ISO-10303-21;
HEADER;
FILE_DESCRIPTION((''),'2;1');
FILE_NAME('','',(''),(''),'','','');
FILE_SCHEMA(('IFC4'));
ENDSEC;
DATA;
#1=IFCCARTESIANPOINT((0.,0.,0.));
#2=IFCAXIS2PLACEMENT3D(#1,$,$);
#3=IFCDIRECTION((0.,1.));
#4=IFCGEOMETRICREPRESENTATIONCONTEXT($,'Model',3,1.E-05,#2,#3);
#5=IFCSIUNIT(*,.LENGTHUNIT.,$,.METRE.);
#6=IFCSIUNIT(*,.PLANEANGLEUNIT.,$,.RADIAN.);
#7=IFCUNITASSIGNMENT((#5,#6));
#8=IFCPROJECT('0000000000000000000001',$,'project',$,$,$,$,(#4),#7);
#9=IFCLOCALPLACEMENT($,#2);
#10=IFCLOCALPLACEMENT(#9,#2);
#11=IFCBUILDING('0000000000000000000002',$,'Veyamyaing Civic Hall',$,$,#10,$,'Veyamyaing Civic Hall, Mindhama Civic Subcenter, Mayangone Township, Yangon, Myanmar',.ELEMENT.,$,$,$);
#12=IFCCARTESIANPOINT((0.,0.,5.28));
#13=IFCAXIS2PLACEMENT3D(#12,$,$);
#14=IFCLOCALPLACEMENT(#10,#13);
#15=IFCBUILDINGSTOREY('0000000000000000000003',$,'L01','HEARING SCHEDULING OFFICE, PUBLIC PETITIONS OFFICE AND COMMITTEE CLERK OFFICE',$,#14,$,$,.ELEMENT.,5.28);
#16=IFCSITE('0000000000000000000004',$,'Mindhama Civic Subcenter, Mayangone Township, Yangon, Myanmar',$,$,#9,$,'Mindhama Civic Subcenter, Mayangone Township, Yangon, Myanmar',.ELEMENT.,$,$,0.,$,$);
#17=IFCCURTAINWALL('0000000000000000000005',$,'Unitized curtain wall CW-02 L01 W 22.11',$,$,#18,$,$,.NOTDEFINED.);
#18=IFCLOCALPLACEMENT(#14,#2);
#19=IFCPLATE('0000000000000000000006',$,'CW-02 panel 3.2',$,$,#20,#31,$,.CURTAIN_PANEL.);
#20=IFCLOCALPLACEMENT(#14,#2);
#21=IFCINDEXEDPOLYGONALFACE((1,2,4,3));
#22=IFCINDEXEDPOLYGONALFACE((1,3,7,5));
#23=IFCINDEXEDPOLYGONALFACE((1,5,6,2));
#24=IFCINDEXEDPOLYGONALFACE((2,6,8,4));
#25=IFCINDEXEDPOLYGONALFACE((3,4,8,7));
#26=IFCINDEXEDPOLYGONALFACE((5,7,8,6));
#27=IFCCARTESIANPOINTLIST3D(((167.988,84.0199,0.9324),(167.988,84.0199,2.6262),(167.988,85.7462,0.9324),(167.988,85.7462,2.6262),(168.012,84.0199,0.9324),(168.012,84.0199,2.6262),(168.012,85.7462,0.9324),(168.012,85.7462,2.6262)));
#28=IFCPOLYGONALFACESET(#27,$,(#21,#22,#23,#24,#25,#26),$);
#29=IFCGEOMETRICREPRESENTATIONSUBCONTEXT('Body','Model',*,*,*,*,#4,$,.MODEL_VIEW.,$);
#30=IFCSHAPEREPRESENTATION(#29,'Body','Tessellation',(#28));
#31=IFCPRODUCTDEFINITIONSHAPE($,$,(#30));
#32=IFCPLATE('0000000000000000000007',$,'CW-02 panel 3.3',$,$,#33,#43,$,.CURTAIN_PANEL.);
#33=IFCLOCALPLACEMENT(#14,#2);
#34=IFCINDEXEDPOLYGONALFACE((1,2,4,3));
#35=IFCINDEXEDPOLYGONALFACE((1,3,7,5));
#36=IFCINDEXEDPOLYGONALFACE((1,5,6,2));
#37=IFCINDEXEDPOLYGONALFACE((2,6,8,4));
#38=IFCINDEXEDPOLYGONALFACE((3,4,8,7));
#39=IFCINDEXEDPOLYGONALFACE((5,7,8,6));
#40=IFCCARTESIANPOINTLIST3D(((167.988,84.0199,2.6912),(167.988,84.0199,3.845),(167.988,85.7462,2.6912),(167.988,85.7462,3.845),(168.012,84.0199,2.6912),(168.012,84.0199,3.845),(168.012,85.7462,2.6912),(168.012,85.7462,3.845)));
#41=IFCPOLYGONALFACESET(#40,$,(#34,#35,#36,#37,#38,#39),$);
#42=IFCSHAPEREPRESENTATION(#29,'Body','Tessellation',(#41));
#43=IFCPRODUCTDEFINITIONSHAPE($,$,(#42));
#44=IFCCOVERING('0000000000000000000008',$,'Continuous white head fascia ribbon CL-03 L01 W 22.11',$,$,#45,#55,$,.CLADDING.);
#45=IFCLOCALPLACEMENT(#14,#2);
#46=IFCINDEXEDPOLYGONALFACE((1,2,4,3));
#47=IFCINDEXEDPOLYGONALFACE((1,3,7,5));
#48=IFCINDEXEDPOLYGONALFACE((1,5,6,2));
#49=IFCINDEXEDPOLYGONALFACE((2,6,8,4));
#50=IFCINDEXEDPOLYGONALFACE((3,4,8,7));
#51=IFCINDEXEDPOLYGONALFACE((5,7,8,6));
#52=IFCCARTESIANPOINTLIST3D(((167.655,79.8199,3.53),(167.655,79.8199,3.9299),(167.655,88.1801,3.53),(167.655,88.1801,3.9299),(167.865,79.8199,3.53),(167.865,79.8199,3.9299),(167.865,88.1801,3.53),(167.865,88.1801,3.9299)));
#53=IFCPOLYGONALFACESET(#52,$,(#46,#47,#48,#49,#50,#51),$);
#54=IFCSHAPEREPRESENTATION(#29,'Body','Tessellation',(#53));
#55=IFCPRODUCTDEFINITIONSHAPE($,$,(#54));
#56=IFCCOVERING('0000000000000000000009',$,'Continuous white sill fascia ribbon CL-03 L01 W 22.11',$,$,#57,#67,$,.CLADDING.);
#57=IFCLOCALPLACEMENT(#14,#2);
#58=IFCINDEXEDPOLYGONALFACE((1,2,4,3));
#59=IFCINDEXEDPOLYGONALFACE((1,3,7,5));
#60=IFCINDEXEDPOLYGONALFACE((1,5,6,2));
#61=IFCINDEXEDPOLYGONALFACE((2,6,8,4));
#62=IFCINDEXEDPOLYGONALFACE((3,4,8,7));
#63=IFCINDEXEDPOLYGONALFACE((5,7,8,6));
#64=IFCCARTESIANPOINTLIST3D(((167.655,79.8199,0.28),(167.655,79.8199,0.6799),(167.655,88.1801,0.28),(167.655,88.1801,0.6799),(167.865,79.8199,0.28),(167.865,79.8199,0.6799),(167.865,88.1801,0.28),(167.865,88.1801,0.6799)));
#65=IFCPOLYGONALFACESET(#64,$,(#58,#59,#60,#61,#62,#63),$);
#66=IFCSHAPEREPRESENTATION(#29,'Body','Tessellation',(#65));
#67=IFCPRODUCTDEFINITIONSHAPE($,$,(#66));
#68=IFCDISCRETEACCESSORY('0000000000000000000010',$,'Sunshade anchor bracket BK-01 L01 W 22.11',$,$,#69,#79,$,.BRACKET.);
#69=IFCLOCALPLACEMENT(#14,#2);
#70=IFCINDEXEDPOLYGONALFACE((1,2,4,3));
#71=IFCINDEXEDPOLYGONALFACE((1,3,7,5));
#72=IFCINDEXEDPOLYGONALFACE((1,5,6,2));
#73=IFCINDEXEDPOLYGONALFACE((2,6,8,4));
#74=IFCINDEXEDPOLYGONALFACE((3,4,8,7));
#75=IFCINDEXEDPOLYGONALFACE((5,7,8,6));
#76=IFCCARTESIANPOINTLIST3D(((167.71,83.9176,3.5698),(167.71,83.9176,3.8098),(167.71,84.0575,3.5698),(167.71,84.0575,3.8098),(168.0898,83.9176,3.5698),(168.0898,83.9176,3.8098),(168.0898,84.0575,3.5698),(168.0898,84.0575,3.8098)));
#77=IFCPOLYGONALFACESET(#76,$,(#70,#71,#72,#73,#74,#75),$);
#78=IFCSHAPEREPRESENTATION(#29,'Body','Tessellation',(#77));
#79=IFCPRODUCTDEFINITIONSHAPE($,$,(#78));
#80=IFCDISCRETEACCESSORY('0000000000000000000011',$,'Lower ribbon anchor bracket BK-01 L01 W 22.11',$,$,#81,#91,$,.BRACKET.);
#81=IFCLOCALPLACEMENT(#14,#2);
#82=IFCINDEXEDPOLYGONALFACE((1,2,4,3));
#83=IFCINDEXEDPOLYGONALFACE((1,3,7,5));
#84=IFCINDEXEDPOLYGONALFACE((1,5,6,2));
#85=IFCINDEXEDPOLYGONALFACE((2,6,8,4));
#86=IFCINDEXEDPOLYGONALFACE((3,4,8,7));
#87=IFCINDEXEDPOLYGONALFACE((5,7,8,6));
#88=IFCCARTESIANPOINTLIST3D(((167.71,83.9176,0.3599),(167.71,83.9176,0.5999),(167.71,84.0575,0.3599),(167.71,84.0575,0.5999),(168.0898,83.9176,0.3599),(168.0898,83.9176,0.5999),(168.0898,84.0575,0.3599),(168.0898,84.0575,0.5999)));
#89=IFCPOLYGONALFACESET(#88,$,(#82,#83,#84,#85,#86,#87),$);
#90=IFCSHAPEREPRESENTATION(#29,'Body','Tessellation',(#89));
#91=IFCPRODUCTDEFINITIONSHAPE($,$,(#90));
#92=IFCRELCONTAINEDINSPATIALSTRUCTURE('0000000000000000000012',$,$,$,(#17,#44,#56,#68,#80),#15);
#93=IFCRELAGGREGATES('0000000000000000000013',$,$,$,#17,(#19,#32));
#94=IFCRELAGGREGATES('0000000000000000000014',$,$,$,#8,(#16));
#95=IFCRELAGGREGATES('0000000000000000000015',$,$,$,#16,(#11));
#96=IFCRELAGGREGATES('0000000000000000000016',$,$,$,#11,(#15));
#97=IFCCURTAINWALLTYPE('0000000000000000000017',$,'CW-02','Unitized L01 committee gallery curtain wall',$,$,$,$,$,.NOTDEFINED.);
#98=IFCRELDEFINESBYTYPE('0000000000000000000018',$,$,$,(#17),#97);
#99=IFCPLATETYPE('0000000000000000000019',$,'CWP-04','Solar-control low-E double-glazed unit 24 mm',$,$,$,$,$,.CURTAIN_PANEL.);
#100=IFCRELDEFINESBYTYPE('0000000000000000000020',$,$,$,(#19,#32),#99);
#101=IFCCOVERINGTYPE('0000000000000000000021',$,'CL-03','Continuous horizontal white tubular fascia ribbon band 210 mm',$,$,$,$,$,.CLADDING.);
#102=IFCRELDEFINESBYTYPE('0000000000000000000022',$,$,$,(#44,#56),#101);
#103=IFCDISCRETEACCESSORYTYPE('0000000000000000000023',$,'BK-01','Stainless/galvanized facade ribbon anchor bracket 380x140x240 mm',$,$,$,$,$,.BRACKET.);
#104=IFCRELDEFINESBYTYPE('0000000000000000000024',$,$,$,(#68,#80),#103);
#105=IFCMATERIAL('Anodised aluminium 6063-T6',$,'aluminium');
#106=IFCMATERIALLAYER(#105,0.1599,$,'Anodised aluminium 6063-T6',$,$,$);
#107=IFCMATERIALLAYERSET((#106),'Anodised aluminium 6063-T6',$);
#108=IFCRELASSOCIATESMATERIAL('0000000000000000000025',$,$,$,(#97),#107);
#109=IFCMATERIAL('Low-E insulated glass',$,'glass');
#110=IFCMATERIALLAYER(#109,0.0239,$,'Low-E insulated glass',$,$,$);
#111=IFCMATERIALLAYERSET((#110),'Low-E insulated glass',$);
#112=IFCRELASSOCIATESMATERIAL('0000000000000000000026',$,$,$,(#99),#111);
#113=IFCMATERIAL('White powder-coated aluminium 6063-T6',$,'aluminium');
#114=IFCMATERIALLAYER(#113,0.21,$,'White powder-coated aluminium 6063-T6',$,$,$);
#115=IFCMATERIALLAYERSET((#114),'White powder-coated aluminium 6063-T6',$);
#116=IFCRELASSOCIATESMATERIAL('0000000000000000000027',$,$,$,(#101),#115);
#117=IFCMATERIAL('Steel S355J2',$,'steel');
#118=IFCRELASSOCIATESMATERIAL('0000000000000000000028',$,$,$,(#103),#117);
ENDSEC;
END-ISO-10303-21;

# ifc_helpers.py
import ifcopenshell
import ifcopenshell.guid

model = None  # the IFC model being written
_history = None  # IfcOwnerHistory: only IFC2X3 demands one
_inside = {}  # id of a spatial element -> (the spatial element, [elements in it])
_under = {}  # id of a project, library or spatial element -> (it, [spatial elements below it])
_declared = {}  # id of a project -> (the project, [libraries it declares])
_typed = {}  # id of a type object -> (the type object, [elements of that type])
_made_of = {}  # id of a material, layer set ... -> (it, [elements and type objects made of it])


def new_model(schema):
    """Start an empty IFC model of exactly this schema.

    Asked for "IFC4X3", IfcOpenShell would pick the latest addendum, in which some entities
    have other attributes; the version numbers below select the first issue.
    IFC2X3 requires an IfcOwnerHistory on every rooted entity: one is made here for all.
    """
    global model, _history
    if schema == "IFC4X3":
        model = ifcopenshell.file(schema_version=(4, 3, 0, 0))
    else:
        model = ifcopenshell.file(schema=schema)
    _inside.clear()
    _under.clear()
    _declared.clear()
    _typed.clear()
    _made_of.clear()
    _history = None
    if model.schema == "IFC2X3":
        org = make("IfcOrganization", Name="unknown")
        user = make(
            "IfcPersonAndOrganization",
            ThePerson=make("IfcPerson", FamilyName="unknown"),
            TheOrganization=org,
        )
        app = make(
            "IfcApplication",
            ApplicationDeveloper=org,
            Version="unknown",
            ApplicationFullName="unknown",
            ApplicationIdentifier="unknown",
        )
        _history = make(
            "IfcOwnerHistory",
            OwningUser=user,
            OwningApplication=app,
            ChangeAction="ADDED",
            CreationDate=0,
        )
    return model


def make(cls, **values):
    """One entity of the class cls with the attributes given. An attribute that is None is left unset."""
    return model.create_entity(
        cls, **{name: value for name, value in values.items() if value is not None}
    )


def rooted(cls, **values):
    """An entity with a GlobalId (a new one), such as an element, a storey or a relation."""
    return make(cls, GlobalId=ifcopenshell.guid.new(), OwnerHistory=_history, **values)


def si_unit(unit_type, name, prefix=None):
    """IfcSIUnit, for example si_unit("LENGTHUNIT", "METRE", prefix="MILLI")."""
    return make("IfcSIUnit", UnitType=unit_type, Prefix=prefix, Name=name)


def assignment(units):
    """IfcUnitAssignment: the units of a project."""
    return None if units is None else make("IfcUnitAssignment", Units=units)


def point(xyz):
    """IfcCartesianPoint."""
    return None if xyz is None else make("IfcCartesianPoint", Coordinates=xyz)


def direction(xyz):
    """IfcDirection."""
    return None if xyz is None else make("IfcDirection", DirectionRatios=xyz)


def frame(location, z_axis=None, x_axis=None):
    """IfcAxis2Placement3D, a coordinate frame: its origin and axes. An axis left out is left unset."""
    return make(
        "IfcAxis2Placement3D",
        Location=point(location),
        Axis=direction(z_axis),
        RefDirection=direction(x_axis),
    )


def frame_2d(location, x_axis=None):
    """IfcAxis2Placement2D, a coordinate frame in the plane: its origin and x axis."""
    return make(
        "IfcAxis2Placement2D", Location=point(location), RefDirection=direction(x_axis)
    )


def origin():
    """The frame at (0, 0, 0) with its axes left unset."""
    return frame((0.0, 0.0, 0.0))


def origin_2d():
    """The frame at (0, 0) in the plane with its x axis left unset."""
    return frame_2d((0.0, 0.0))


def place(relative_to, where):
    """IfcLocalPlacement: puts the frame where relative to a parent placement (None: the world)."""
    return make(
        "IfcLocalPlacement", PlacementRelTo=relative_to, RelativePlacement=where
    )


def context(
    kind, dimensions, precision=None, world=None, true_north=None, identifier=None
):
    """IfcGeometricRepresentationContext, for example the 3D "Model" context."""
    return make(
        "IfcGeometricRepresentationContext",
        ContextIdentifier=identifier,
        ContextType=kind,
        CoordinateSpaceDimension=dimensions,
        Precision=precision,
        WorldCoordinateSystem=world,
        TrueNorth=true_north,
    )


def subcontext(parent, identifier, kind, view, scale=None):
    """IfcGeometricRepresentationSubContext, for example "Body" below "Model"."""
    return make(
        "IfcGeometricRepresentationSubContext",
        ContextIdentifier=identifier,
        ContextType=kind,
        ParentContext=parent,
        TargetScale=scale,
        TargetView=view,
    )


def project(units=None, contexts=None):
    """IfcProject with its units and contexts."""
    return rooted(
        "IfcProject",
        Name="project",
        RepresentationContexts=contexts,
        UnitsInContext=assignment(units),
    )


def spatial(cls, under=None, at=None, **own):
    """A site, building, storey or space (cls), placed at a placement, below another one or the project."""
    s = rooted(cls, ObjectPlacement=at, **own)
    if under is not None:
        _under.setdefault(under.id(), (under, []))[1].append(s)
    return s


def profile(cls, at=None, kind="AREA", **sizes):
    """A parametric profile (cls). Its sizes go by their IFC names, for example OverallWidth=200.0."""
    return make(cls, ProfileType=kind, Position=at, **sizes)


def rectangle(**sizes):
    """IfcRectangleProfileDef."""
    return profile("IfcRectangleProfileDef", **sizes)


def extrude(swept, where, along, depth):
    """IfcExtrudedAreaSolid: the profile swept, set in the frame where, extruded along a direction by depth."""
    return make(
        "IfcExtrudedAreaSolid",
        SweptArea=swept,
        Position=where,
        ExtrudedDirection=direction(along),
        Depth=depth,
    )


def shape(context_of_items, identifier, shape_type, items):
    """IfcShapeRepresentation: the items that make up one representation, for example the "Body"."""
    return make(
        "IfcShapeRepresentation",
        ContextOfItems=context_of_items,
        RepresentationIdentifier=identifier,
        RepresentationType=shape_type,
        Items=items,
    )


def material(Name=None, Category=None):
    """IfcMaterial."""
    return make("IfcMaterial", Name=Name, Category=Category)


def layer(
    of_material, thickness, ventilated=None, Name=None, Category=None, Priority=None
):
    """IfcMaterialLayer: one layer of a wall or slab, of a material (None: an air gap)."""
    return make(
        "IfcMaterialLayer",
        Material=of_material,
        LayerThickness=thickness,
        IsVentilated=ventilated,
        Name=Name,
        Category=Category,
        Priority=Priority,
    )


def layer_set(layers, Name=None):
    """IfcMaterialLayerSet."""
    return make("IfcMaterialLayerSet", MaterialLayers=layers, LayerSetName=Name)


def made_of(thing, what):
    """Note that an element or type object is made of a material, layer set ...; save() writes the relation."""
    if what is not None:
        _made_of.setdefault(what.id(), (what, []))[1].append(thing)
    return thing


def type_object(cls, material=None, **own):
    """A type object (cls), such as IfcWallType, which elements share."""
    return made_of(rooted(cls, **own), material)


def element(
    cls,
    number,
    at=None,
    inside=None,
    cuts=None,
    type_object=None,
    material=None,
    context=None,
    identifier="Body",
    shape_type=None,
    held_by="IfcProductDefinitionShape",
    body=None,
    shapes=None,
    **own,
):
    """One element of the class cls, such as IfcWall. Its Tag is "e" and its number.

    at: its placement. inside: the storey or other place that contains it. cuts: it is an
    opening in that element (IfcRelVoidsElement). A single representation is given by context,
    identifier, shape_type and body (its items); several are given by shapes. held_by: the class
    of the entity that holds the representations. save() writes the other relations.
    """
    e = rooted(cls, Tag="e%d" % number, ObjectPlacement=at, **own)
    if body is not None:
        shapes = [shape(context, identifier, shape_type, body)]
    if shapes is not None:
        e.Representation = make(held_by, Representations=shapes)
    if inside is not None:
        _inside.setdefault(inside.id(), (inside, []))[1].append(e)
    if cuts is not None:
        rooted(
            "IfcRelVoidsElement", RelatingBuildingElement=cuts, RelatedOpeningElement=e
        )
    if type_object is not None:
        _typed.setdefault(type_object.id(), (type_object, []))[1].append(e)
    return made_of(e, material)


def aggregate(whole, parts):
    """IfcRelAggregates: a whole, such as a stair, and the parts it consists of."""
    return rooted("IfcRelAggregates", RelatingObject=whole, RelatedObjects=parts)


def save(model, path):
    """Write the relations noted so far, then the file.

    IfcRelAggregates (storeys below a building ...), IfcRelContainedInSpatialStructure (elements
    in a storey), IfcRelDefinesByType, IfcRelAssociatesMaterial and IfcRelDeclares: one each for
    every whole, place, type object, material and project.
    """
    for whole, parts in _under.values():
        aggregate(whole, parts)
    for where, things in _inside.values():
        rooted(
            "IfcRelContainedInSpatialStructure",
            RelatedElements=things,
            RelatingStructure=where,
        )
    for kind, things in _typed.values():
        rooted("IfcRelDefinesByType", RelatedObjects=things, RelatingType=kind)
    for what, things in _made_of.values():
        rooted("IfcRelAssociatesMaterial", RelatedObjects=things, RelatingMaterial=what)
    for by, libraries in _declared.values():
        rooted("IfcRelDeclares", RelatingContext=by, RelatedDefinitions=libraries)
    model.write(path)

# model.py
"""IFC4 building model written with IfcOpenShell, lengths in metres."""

from ifc_helpers import new_model, si_unit, direction, frame, origin, origin_2d, place, context, subcontext, project, spatial, rectangle, extrude, material, layer, layer_set, type_object, element, aggregate, save


model = new_model("IFC4")

# Units and contexts
model_context = context("Model", 3, precision=1e-05, world=origin(), true_north=direction((0.0, 1.0)))
body_context = subcontext(model_context, "Body", "Model", "MODEL_VIEW")
ifc_project = project(units=[si_unit("LENGTHUNIT", "METRE"), si_unit("PLANEANGLEUNIT", "RADIAN")], contexts=[model_context])

# Site, building, storey
site_placement = place(None, origin())
site = spatial("IfcSite", under=ifc_project, at=site_placement, Name="Mindhama Civic Subcenter, Mayangone Township, Yangon, Myanmar", LongName="Mindhama Civic Subcenter, Mayangone Township, Yangon, Myanmar", CompositionType="ELEMENT", RefElevation=0.0)
building_placement = place(site_placement, origin())
building = spatial("IfcBuilding", under=site, at=building_placement, Name="Veyamyaing Civic Hall", LongName="Veyamyaing Civic Hall, Mindhama Civic Subcenter, Mayangone Township, Yangon, Myanmar", CompositionType="ELEMENT")
storey_placement = place(building_placement, frame((0.0, 0.0, 5.28)))
storey = spatial("IfcBuildingStorey", under=building, at=storey_placement, Name="L01", Description="HEARING SCHEDULING OFFICE, PUBLIC PETITIONS OFFICE AND COMMITTEE CLERK OFFICE", CompositionType="ELEMENT", Elevation=5.28)

# Curtain wall, plates
ifc_material_1 = material(Name="Anodised aluminium 6063-T6", Category="aluminium")
ifc_layer_1 = layer(ifc_material_1, 0.1599, Name="Anodised aluminium 6063-T6")
ifc_layer_set_1 = layer_set([ifc_layer_1], Name="Anodised aluminium 6063-T6")
curtain_wall_type = type_object("IfcCurtainWallType", Name="CW-02", Description="Unitized L01 committee gallery curtain wall", PredefinedType="NOTDEFINED", material=ifc_layer_set_1)
curtain_wall_placement = place(storey_placement, origin())
curtain_wall = element("IfcCurtainWall", 1, at=curtain_wall_placement, inside=storey, type_object=curtain_wall_type, Name="Unitized curtain wall CW-02 L01 W 22.11", PredefinedType="NOTDEFINED")
ifc_material_2 = material(Name="Low-E insulated glass", Category="glass")
ifc_layer_2 = layer(ifc_material_2, 0.0239, Name="Low-E insulated glass")
ifc_layer_set_2 = layer_set([ifc_layer_2], Name="Low-E insulated glass")
plate_type = type_object("IfcPlateType", Name="CWP-04", Description="Solar-control low-E double-glazed unit 24 mm", PredefinedType="CURTAIN_PANEL", material=ifc_layer_set_2)
plate_1_placement = place(storey_placement, frame((168.0, 84.8831, 0.9324), z_axis=(0.0, 0.0, 1.0), x_axis=(0.0, 1.0, 0.0)))
plate_1 = element("IfcPlate", 2, at=plate_1_placement, type_object=plate_type, Name="CW-02 panel 3.2", PredefinedType="CURTAIN_PANEL", context=body_context, shape_type="SweptSolid", body=[
    extrude(rectangle(XDim=1.7263, YDim=0.0239, at=origin_2d()), origin(), (0.0, 0.0, 1.0), 1.6938),
])
plate_2_placement = place(storey_placement, frame((168.0, 84.8831, 2.6912), z_axis=(0.0, 0.0, 1.0), x_axis=(0.0, 1.0, 0.0)))
plate_2 = element("IfcPlate", 3, at=plate_2_placement, type_object=plate_type, Name="CW-02 panel 3.3", PredefinedType="CURTAIN_PANEL", context=body_context, shape_type="SweptSolid", body=[
    extrude(rectangle(XDim=1.7263, YDim=0.0239, at=origin_2d()), origin(), (0.0, 0.0, 1.0), 1.1538),
])
aggregate(curtain_wall, [plate_1, plate_2])

# Coverings
ifc_material_3 = material(Name="White powder-coated aluminium 6063-T6", Category="aluminium")
ifc_layer_3 = layer(ifc_material_3, 0.21, Name="White powder-coated aluminium 6063-T6")
ifc_layer_set_3 = layer_set([ifc_layer_3], Name="White powder-coated aluminium 6063-T6")
covering_type = type_object("IfcCoveringType", Name="CL-03", Description="Continuous horizontal white tubular fascia ribbon band 210 mm", PredefinedType="CLADDING", material=ifc_layer_set_3)
for number, where, z_axis, x_axis, name in (
    (4, (167.76, 84.0, 3.53), (0.0, 0.0, 1.0), (0.0, 1.0, 0.0), "Continuous white head fascia ribbon CL-03 L01 W 22.11"),
    (5, (167.76, 84.0, 0.28), (0.0, 0.0, 1.0), (0.0, 1.0, 0.0), "Continuous white sill fascia ribbon CL-03 L01 W 22.11"),
):
    element("IfcCovering", number, at=place(storey_placement, frame(where, z_axis=z_axis, x_axis=x_axis)), inside=storey, type_object=covering_type, Name=name, PredefinedType="CLADDING", context=body_context, shape_type="SweptSolid", body=[
        extrude(rectangle(XDim=8.3601, YDim=0.21, at=origin_2d()), origin(), (0.0, 0.0, 1.0), 0.3999),
    ])

# Discrete accessories
ifc_material_4 = material(Name="Steel S355J2", Category="steel")
discrete_accessory_type = type_object("IfcDiscreteAccessoryType", Name="BK-01", Description="Stainless/galvanized facade ribbon anchor bracket 380x140x240 mm", PredefinedType="BRACKET", material=ifc_material_4)
for number, where, z_axis, x_axis, name in (
    (6, (167.8999, 83.9875, 3.5698), (0.0, 0.0, 1.0), (-1.0, 0.0, 0.0), "Sunshade anchor bracket BK-01 L01 W 22.11"),
    (7, (167.8999, 83.9875, 0.3599), (0.0, 0.0, 1.0), (-1.0, 0.0, 0.0), "Lower ribbon anchor bracket BK-01 L01 W 22.11"),
):
    element("IfcDiscreteAccessory", number, at=place(storey_placement, frame(where, z_axis=z_axis, x_axis=x_axis)), inside=storey, type_object=discrete_accessory_type, Name=name, PredefinedType="BRACKET", context=body_context, shape_type="SweptSolid", body=[
        extrude(rectangle(XDim=0.3799, YDim=0.1399, at=origin_2d()), origin(), (0.0, 0.0, 1.0), 0.24),
    ])

save(model, "model.ifc")
